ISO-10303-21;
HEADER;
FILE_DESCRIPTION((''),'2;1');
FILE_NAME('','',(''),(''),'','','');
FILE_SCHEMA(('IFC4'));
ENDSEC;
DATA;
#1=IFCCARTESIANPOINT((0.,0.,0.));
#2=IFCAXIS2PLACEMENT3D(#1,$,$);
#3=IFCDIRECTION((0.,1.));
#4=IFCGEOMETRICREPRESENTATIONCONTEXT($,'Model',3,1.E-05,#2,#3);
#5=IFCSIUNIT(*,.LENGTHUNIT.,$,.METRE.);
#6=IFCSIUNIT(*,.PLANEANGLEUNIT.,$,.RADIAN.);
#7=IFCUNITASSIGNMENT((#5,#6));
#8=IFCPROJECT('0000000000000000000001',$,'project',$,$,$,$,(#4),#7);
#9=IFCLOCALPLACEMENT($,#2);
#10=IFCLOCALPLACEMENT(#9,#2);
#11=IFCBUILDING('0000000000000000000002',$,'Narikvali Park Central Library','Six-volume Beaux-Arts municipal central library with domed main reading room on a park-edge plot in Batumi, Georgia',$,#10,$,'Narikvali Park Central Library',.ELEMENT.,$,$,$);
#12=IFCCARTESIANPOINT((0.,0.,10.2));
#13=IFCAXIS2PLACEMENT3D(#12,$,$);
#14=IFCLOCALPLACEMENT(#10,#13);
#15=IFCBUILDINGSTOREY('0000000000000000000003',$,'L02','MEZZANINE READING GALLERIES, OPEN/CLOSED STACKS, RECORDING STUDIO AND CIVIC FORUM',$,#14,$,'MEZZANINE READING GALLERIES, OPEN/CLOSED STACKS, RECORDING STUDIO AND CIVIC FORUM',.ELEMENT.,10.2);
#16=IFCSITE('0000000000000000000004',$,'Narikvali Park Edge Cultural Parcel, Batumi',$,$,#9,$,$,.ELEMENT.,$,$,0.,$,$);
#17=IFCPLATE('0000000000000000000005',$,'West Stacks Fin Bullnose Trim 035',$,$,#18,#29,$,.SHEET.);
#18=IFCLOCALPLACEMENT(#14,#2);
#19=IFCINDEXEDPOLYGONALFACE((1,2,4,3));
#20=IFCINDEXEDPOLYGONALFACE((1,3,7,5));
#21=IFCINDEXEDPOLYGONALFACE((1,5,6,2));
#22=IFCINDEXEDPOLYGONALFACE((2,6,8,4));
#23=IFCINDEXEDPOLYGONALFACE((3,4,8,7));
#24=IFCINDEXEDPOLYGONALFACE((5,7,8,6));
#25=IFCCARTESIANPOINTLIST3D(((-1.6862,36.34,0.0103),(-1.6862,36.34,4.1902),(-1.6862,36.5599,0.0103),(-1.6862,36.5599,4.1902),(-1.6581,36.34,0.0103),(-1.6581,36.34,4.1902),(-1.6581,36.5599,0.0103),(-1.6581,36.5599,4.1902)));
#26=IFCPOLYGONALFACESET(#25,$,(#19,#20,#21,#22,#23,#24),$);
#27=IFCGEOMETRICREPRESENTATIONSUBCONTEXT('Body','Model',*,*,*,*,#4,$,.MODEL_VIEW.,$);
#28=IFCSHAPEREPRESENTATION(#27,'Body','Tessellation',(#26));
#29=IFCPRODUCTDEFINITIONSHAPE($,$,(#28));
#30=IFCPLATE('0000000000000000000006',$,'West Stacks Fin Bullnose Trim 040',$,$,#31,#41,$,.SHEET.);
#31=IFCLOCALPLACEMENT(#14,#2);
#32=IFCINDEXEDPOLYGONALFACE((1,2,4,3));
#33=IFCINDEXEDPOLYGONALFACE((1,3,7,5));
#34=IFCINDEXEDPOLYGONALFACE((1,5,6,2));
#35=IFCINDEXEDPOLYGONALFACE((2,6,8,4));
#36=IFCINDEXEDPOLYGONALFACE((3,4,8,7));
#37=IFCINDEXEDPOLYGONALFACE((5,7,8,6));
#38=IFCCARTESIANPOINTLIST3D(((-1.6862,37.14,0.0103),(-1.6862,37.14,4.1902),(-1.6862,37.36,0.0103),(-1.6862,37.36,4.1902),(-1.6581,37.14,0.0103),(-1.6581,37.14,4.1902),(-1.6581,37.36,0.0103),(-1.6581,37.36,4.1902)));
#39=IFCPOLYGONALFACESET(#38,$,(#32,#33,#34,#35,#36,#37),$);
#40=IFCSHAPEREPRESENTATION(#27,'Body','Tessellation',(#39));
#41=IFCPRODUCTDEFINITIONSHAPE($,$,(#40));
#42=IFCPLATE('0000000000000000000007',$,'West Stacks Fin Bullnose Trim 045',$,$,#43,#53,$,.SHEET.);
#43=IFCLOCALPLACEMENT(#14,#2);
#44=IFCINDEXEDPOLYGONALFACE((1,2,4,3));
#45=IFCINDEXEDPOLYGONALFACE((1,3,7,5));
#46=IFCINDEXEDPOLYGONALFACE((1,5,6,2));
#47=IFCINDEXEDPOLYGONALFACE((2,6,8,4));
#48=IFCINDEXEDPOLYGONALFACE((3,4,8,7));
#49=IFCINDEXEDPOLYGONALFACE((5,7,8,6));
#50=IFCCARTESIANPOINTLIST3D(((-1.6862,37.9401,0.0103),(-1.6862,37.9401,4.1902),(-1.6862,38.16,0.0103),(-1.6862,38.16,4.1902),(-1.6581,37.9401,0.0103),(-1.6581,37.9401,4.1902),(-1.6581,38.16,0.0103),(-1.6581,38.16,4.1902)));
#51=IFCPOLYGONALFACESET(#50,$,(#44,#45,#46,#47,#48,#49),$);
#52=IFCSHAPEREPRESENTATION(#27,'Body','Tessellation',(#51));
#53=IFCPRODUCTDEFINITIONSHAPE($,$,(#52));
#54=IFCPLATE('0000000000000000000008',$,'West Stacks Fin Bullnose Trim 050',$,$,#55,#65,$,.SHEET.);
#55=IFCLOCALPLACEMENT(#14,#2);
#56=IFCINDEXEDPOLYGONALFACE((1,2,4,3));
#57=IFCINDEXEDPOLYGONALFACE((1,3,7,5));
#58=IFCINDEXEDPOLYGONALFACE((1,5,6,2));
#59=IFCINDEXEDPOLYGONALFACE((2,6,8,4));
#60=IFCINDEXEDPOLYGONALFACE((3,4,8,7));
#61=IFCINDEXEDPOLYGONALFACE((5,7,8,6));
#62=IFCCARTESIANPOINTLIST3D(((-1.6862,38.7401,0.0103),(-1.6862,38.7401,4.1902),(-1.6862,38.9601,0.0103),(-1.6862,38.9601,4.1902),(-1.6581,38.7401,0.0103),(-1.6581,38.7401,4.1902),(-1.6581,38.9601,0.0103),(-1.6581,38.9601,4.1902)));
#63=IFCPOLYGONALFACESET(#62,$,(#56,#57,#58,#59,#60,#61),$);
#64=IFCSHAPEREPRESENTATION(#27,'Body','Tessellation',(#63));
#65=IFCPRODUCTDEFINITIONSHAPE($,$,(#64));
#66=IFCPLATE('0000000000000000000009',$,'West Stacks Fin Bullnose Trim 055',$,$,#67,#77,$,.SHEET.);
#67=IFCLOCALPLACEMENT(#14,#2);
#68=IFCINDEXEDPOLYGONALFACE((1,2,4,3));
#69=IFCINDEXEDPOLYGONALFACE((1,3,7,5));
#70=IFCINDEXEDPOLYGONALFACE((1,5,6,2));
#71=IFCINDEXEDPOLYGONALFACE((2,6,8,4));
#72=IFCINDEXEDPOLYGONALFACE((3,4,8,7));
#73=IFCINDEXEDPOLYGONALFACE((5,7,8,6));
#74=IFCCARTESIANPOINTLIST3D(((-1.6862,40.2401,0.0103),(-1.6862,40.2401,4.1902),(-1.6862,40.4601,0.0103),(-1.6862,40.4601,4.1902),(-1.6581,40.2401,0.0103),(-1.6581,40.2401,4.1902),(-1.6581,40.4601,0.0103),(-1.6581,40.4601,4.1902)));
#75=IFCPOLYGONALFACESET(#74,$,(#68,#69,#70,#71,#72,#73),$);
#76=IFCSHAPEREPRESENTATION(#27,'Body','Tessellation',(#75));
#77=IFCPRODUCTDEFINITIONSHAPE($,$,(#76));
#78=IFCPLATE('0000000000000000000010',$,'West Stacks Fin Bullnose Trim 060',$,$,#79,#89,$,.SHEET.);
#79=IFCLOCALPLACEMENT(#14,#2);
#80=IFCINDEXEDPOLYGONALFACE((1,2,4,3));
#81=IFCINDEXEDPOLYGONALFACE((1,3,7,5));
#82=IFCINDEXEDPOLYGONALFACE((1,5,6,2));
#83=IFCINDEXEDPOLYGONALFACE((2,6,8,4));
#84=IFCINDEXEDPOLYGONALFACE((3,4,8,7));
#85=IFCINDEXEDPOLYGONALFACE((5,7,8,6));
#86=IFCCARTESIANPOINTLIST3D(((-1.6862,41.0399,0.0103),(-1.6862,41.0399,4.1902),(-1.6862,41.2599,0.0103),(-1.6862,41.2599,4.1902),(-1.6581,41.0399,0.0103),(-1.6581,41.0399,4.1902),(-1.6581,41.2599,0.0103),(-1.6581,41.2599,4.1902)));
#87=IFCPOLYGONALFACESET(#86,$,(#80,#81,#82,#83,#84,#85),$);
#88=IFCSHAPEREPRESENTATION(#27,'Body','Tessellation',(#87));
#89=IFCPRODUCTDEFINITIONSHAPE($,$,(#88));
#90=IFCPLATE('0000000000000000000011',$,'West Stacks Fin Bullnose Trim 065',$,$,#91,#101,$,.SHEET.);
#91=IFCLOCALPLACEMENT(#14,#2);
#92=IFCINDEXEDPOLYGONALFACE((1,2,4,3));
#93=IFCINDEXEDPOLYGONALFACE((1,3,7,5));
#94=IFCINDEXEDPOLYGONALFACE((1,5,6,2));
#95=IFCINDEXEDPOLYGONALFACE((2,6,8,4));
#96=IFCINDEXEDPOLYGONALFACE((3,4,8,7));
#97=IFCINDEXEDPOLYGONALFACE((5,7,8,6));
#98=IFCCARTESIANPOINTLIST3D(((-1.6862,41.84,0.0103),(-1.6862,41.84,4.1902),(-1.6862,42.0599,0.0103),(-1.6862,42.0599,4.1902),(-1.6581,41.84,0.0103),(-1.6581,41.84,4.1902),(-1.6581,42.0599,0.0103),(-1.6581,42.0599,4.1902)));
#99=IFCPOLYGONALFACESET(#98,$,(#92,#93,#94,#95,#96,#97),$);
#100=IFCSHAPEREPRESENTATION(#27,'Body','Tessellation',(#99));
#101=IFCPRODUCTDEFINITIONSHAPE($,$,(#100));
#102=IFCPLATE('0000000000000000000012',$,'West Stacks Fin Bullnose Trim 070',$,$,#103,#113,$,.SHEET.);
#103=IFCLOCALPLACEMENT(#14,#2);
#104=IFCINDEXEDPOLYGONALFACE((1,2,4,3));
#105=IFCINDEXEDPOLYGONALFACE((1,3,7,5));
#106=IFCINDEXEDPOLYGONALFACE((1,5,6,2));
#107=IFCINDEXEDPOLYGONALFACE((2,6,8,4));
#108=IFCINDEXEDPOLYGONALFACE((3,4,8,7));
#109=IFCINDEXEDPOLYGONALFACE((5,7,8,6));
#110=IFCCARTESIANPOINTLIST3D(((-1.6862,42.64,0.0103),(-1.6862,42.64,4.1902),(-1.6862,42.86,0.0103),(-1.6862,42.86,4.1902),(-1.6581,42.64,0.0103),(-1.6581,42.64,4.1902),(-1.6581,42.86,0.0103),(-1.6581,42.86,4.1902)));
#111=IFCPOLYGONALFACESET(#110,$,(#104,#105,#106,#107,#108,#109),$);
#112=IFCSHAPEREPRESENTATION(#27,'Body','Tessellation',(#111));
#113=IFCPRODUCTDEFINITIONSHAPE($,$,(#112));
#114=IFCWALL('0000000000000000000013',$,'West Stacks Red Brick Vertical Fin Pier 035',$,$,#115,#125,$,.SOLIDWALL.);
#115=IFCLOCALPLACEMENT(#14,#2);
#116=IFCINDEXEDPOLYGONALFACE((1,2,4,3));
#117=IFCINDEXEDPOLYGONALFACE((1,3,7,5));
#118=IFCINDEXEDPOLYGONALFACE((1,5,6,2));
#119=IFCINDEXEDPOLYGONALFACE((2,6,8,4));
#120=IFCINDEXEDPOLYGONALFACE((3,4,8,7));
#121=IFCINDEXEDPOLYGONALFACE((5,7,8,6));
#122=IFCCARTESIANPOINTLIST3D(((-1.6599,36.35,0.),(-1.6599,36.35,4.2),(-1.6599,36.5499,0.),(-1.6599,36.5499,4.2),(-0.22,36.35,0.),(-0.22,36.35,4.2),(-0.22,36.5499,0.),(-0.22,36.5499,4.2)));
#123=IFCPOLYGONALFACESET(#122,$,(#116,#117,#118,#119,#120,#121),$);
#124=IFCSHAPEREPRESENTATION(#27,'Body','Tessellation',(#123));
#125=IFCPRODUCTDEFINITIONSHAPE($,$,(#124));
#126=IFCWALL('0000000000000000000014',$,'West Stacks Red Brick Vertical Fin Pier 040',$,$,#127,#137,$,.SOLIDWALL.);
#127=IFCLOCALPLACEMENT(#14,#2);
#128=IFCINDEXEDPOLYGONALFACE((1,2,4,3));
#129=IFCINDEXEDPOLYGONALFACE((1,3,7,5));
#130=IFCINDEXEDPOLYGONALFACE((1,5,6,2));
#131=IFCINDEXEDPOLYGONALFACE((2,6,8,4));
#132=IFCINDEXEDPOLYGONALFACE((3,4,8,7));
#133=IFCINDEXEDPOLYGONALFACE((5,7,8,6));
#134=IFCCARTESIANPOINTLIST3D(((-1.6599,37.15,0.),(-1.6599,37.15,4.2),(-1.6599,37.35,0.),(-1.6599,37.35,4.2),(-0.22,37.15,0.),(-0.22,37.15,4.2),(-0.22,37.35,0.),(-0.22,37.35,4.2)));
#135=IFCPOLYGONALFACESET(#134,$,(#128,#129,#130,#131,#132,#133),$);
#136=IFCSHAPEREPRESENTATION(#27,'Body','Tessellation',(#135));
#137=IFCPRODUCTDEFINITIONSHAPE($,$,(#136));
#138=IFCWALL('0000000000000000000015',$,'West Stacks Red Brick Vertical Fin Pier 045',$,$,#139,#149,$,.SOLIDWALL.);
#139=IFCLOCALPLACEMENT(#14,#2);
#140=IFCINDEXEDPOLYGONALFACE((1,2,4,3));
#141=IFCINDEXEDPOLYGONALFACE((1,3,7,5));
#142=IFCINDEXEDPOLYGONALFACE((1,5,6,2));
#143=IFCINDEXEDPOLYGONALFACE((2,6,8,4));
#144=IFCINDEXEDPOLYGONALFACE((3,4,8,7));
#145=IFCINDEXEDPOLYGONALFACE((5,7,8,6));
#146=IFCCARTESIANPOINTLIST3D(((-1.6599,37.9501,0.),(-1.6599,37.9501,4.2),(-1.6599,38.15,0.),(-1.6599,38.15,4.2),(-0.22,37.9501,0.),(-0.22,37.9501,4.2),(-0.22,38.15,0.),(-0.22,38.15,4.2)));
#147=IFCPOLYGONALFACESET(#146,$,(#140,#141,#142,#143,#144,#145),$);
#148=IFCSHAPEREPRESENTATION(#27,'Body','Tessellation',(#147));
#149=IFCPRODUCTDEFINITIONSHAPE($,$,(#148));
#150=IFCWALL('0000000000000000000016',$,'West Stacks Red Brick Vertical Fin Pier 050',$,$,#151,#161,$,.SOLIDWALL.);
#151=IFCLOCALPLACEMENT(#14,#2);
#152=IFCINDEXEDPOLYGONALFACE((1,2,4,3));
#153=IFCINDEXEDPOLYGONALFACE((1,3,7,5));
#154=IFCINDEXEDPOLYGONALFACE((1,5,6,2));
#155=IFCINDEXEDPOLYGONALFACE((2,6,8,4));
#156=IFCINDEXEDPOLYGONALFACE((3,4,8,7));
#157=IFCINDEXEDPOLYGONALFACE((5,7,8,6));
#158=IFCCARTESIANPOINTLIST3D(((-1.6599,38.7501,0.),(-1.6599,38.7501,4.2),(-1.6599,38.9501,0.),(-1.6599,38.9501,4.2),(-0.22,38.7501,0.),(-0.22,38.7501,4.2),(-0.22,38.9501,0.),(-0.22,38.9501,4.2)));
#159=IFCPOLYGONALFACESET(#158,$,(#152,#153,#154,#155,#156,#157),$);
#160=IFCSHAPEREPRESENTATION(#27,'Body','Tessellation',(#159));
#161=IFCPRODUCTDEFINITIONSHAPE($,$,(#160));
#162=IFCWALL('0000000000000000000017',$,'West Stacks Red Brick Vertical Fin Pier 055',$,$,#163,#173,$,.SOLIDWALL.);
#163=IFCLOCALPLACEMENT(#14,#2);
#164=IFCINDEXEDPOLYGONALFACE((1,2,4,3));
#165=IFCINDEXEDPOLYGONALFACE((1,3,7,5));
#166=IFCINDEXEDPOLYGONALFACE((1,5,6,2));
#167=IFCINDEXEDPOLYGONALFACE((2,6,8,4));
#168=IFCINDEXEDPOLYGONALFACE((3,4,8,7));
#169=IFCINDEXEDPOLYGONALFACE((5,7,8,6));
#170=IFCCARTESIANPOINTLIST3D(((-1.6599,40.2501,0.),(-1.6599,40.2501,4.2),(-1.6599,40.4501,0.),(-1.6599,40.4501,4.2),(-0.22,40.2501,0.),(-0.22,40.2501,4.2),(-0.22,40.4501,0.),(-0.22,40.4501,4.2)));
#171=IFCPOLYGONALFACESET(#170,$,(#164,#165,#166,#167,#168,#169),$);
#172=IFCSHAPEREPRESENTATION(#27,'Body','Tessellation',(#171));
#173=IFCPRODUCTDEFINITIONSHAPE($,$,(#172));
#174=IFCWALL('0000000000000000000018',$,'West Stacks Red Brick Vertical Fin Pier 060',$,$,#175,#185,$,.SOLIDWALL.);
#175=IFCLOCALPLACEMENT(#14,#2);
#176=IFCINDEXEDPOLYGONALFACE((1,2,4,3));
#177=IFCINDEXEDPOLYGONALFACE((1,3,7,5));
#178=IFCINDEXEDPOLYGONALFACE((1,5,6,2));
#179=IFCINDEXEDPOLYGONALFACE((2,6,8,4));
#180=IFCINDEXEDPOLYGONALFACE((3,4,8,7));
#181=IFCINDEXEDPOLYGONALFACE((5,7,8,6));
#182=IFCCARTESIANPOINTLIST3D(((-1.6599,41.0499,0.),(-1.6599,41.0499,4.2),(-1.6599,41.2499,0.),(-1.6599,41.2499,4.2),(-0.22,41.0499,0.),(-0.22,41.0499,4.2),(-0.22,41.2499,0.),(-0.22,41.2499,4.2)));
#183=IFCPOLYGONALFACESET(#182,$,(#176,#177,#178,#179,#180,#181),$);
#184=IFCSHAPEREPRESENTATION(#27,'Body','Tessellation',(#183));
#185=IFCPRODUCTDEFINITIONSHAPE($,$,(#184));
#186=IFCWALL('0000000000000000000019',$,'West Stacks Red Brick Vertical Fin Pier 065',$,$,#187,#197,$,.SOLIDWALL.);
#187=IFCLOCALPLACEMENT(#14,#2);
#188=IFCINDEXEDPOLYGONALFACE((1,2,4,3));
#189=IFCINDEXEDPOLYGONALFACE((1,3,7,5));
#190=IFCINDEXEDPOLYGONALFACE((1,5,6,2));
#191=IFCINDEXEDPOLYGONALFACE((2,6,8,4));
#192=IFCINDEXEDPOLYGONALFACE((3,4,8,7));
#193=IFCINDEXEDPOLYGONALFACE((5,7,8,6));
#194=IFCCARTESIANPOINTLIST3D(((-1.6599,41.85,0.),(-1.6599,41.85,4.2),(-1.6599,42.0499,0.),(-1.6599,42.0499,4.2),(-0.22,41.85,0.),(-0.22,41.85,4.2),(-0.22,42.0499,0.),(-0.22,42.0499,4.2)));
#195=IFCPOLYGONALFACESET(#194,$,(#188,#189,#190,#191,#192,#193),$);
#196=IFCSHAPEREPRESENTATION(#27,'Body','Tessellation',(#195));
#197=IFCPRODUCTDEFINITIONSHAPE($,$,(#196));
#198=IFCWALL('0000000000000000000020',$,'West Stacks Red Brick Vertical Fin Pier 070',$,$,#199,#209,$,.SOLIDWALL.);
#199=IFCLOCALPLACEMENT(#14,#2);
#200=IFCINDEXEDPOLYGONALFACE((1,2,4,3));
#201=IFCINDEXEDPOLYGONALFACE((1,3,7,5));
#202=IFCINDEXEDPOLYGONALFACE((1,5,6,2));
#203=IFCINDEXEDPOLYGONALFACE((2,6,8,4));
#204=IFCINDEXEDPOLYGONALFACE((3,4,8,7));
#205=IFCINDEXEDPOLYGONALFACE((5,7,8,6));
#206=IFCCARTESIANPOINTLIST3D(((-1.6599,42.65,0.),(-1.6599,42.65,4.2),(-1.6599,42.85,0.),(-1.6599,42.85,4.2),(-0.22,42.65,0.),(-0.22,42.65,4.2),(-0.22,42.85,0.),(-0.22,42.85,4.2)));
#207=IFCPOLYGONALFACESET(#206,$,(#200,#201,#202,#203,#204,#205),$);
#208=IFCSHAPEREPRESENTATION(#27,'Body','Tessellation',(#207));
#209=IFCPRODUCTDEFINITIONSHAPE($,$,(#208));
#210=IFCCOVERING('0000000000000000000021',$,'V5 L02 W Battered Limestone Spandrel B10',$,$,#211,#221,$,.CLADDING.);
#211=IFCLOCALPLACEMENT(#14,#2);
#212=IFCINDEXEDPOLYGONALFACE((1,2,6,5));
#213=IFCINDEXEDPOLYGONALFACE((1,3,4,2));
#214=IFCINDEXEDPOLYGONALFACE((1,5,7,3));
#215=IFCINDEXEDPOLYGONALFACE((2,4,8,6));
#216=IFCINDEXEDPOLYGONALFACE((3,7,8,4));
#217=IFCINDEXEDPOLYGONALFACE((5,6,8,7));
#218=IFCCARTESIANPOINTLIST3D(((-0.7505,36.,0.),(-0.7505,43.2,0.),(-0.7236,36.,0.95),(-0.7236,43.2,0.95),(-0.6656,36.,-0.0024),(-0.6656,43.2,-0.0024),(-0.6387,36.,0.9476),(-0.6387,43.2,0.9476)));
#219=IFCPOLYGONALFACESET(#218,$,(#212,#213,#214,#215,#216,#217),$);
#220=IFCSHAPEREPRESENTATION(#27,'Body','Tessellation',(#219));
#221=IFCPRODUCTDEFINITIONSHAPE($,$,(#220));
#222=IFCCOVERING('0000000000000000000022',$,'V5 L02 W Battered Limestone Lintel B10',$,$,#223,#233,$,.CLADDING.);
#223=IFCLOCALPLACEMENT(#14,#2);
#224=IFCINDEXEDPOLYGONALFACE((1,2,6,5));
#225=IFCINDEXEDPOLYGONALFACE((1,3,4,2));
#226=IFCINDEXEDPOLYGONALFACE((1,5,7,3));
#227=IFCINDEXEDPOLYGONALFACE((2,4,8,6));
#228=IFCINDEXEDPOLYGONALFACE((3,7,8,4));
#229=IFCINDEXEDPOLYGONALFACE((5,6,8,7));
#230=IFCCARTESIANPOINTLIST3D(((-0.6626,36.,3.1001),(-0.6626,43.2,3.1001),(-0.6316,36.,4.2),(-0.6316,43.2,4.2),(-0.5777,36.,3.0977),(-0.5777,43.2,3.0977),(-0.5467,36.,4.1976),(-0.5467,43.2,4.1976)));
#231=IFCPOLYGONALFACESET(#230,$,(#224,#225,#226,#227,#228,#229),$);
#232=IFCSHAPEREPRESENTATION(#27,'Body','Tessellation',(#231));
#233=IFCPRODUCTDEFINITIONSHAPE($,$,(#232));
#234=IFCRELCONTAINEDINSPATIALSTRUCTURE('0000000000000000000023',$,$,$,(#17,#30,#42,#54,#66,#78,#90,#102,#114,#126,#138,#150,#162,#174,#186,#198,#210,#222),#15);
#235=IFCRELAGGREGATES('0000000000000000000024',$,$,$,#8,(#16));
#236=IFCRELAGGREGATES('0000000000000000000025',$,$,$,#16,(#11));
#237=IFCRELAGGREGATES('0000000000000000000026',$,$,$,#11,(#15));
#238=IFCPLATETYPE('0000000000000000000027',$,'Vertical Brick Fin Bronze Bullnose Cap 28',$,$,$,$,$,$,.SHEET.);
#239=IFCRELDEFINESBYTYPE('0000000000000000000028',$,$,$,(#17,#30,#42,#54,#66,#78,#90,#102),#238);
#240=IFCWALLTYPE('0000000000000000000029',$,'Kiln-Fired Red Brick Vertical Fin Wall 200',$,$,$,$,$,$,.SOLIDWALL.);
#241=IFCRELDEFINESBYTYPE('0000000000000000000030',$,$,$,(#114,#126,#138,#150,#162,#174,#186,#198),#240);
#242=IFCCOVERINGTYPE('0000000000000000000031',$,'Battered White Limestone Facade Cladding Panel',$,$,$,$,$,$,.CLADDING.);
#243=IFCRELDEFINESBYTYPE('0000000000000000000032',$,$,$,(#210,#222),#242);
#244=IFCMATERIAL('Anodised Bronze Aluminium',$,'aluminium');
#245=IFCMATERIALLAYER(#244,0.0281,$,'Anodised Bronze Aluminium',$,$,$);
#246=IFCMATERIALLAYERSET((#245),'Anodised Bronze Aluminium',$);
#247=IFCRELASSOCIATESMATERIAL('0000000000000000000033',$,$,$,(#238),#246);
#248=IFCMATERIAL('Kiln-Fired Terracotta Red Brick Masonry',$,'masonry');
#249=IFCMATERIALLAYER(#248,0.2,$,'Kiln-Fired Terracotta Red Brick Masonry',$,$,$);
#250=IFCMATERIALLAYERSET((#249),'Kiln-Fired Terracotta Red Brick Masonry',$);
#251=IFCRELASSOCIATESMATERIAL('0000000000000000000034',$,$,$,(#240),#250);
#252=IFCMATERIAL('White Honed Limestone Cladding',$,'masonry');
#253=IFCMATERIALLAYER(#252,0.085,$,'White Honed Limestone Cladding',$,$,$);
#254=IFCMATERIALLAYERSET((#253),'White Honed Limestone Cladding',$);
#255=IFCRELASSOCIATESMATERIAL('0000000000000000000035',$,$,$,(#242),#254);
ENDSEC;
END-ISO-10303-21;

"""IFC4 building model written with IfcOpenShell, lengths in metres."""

from ifc_helpers import new_model, si_unit, direction, frame, frame_2d, origin, origin_2d, place, context, subcontext, project, spatial, polyline, rectangle, outline, extrude, material, layer, layer_set, type_object, element, save


model = new_model("IFC4")

# Units and contexts
model_context = context("Model", 3, precision=1e-05, world=origin(), true_north=direction((0.0, 1.0)))
body_context = subcontext(model_context, "Body", "Model", "MODEL_VIEW")
ifc_project = project(units=[si_unit("LENGTHUNIT", "METRE"), si_unit("PLANEANGLEUNIT", "RADIAN")], contexts=[model_context])

# Site, building, storey
site_placement = place(None, origin())
site = spatial("IfcSite", under=ifc_project, at=site_placement, Name="Narikvali Park Edge Cultural Parcel, Batumi", CompositionType="ELEMENT", RefElevation=0.0)
building_placement = place(site_placement, origin())
building = spatial("IfcBuilding", under=site, at=building_placement, Name="Narikvali Park Central Library", Description="Six-volume Beaux-Arts municipal central library with domed main reading room on a park-edge plot in Batumi, Georgia", LongName="Narikvali Park Central Library", CompositionType="ELEMENT")
storey_placement = place(building_placement, frame((0.0, 0.0, 10.2)))
storey = spatial("IfcBuildingStorey", under=building, at=storey_placement, Name="L02", Description="MEZZANINE READING GALLERIES, OPEN/CLOSED STACKS, RECORDING STUDIO AND CIVIC FORUM", LongName="MEZZANINE READING GALLERIES, OPEN/CLOSED STACKS, RECORDING STUDIO AND CIVIC FORUM", CompositionType="ELEMENT", Elevation=10.2)

# Plates
ifc_material_1 = material(Name="Anodised Bronze Aluminium", Category="aluminium")
ifc_layer_1 = layer(ifc_material_1, 0.0281, Name="Anodised Bronze Aluminium")
ifc_layer_set_1 = layer_set([ifc_layer_1], Name="Anodised Bronze Aluminium")
plate_type = type_object("IfcPlateType", Name="Vertical Brick Fin Bronze Bullnose Cap 28", PredefinedType="SHEET", material=ifc_layer_set_1)
for number, where, z_axis, x_axis, name in (
    (1, (-1.6721, 36.45, 0.0103), (0.0, 0.0, 1.0), (1.0, 0.0, 0.0), "West Stacks Fin Bullnose Trim 035"),
    (2, (-1.6721, 37.25, 0.0103), (0.0, 0.0, 1.0), (1.0, 0.0, 0.0), "West Stacks Fin Bullnose Trim 040"),
    (3, (-1.6721, 38.05, 0.0103), (0.0, 0.0, 1.0), (1.0, 0.0, 0.0), "West Stacks Fin Bullnose Trim 045"),
    (4, (-1.6721, 38.8501, 0.0103), (0.0, 0.0, 1.0), (1.0, 0.0, 0.0), "West Stacks Fin Bullnose Trim 050"),
    (5, (-1.6721, 40.3501, 0.0103), (0.0, 0.0, 1.0), (1.0, 0.0, 0.0), "West Stacks Fin Bullnose Trim 055"),
    (6, (-1.6721, 41.1499, 0.0103), (0.0, 0.0, 1.0), (1.0, 0.0, 0.0), "West Stacks Fin Bullnose Trim 060"),
    (7, (-1.6721, 41.95, 0.0103), (0.0, 0.0, 1.0), (1.0, 0.0, 0.0), "West Stacks Fin Bullnose Trim 065"),
    (8, (-1.6721, 42.75, 0.0103), (0.0, 0.0, 1.0), (1.0, 0.0, 0.0), "West Stacks Fin Bullnose Trim 070"),
):
    element("IfcPlate", number, at=place(storey_placement, frame(where, z_axis=z_axis, x_axis=x_axis)), inside=storey, type_object=plate_type, Name=name, PredefinedType="SHEET", context=body_context, shape_type="SweptSolid", body=[
        extrude(rectangle(XDim=0.0281, YDim=0.22, at=origin_2d()), origin(), (0.0, 0.0, 1.0), 4.1799),
    ])

# Walls
ifc_material_2 = material(Name="Kiln-Fired Terracotta Red Brick Masonry", Category="masonry")
ifc_layer_2 = layer(ifc_material_2, 0.2, Name="Kiln-Fired Terracotta Red Brick Masonry")
ifc_layer_set_2 = layer_set([ifc_layer_2], Name="Kiln-Fired Terracotta Red Brick Masonry")
wall_type = type_object("IfcWallType", Name="Kiln-Fired Red Brick Vertical Fin Wall 200", PredefinedType="SOLIDWALL", material=ifc_layer_set_2)
for number, where, z_axis, x_axis, name in (
    (9, (-1.6599, 36.45, 0.0), (0.0, 0.0, 1.0), (1.0, 0.0, 0.0), "West Stacks Red Brick Vertical Fin Pier 035"),
    (10, (-1.6599, 37.25, 0.0), (0.0, 0.0, 1.0), (1.0, 0.0, 0.0), "West Stacks Red Brick Vertical Fin Pier 040"),
    (11, (-1.6599, 38.05, 0.0), (0.0, 0.0, 1.0), (1.0, 0.0, 0.0), "West Stacks Red Brick Vertical Fin Pier 045"),
    (12, (-1.6599, 38.8501, 0.0), (0.0, 0.0, 1.0), (1.0, 0.0, 0.0), "West Stacks Red Brick Vertical Fin Pier 050"),
    (13, (-1.6599, 40.3501, 0.0), (0.0, 0.0, 1.0), (1.0, 0.0, 0.0), "West Stacks Red Brick Vertical Fin Pier 055"),
    (14, (-1.6599, 41.1499, 0.0), (0.0, 0.0, 1.0), (1.0, 0.0, 0.0), "West Stacks Red Brick Vertical Fin Pier 060"),
    (15, (-1.6599, 41.95, 0.0), (0.0, 0.0, 1.0), (1.0, 0.0, 0.0), "West Stacks Red Brick Vertical Fin Pier 065"),
    (16, (-1.6599, 42.75, 0.0), (0.0, 0.0, 1.0), (1.0, 0.0, 0.0), "West Stacks Red Brick Vertical Fin Pier 070"),
):
    element("IfcWall", number, at=place(storey_placement, frame(where, z_axis=z_axis, x_axis=x_axis)), inside=storey, type_object=wall_type, Name=name, PredefinedType="SOLIDWALL", context=body_context, shape_type="SweptSolid", body=[
        extrude(rectangle(XDim=1.4399, YDim=0.2, at=frame_2d((0.72, 0.0))), origin(), (0.0, 0.0, 1.0), 4.2),
    ])

# Coverings
ifc_material_3 = material(Name="White Honed Limestone Cladding", Category="masonry")
ifc_layer_3 = layer(ifc_material_3, 0.085, Name="White Honed Limestone Cladding")
ifc_layer_set_3 = layer_set([ifc_layer_3], Name="White Honed Limestone Cladding")
covering_type = type_object("IfcCoveringType", Name="Battered White Limestone Facade Cladding Panel", PredefinedType="CLADDING", material=ifc_layer_set_3)
covering_1_placement = place(storey_placement, frame((-0.7505, 43.2, 0.0), z_axis=(-0.999601, 0.0, 0.028259), x_axis=(0.0, -1.0, 0.0)))
element("IfcCovering", 17, at=covering_1_placement, inside=storey, type_object=covering_type, Name="V5 L02 W Battered Limestone Spandrel B10", PredefinedType="CLADDING", context=body_context, shape_type="SweptSolid", body=[
    extrude(outline(polyline([(0.0, 0.0), (7.2, 0.0), (7.2, 0.9503), (0.0, 0.9503), (0.0, 0.0)])), origin(), (0.0, 0.0, -1.0), 0.085),
])
covering_2_placement = place(storey_placement, frame((-0.6626, 43.2, 3.1001), z_axis=(-0.999603, 0.0, 0.02818), x_axis=(0.0, -1.0, 0.0)))
element("IfcCovering", 18, at=covering_2_placement, inside=storey, type_object=covering_type, Name="V5 L02 W Battered Limestone Lintel B10", PredefinedType="CLADDING", context=body_context, shape_type="SweptSolid", body=[
    extrude(outline(polyline([(0.0, 0.0), (7.2, 0.0), (7.2, 1.1003), (0.0, 1.1003), (0.0, 0.0)])), origin(), (0.0, 0.0, -1.0), 0.085),
])

save(model, "model.ifc")
